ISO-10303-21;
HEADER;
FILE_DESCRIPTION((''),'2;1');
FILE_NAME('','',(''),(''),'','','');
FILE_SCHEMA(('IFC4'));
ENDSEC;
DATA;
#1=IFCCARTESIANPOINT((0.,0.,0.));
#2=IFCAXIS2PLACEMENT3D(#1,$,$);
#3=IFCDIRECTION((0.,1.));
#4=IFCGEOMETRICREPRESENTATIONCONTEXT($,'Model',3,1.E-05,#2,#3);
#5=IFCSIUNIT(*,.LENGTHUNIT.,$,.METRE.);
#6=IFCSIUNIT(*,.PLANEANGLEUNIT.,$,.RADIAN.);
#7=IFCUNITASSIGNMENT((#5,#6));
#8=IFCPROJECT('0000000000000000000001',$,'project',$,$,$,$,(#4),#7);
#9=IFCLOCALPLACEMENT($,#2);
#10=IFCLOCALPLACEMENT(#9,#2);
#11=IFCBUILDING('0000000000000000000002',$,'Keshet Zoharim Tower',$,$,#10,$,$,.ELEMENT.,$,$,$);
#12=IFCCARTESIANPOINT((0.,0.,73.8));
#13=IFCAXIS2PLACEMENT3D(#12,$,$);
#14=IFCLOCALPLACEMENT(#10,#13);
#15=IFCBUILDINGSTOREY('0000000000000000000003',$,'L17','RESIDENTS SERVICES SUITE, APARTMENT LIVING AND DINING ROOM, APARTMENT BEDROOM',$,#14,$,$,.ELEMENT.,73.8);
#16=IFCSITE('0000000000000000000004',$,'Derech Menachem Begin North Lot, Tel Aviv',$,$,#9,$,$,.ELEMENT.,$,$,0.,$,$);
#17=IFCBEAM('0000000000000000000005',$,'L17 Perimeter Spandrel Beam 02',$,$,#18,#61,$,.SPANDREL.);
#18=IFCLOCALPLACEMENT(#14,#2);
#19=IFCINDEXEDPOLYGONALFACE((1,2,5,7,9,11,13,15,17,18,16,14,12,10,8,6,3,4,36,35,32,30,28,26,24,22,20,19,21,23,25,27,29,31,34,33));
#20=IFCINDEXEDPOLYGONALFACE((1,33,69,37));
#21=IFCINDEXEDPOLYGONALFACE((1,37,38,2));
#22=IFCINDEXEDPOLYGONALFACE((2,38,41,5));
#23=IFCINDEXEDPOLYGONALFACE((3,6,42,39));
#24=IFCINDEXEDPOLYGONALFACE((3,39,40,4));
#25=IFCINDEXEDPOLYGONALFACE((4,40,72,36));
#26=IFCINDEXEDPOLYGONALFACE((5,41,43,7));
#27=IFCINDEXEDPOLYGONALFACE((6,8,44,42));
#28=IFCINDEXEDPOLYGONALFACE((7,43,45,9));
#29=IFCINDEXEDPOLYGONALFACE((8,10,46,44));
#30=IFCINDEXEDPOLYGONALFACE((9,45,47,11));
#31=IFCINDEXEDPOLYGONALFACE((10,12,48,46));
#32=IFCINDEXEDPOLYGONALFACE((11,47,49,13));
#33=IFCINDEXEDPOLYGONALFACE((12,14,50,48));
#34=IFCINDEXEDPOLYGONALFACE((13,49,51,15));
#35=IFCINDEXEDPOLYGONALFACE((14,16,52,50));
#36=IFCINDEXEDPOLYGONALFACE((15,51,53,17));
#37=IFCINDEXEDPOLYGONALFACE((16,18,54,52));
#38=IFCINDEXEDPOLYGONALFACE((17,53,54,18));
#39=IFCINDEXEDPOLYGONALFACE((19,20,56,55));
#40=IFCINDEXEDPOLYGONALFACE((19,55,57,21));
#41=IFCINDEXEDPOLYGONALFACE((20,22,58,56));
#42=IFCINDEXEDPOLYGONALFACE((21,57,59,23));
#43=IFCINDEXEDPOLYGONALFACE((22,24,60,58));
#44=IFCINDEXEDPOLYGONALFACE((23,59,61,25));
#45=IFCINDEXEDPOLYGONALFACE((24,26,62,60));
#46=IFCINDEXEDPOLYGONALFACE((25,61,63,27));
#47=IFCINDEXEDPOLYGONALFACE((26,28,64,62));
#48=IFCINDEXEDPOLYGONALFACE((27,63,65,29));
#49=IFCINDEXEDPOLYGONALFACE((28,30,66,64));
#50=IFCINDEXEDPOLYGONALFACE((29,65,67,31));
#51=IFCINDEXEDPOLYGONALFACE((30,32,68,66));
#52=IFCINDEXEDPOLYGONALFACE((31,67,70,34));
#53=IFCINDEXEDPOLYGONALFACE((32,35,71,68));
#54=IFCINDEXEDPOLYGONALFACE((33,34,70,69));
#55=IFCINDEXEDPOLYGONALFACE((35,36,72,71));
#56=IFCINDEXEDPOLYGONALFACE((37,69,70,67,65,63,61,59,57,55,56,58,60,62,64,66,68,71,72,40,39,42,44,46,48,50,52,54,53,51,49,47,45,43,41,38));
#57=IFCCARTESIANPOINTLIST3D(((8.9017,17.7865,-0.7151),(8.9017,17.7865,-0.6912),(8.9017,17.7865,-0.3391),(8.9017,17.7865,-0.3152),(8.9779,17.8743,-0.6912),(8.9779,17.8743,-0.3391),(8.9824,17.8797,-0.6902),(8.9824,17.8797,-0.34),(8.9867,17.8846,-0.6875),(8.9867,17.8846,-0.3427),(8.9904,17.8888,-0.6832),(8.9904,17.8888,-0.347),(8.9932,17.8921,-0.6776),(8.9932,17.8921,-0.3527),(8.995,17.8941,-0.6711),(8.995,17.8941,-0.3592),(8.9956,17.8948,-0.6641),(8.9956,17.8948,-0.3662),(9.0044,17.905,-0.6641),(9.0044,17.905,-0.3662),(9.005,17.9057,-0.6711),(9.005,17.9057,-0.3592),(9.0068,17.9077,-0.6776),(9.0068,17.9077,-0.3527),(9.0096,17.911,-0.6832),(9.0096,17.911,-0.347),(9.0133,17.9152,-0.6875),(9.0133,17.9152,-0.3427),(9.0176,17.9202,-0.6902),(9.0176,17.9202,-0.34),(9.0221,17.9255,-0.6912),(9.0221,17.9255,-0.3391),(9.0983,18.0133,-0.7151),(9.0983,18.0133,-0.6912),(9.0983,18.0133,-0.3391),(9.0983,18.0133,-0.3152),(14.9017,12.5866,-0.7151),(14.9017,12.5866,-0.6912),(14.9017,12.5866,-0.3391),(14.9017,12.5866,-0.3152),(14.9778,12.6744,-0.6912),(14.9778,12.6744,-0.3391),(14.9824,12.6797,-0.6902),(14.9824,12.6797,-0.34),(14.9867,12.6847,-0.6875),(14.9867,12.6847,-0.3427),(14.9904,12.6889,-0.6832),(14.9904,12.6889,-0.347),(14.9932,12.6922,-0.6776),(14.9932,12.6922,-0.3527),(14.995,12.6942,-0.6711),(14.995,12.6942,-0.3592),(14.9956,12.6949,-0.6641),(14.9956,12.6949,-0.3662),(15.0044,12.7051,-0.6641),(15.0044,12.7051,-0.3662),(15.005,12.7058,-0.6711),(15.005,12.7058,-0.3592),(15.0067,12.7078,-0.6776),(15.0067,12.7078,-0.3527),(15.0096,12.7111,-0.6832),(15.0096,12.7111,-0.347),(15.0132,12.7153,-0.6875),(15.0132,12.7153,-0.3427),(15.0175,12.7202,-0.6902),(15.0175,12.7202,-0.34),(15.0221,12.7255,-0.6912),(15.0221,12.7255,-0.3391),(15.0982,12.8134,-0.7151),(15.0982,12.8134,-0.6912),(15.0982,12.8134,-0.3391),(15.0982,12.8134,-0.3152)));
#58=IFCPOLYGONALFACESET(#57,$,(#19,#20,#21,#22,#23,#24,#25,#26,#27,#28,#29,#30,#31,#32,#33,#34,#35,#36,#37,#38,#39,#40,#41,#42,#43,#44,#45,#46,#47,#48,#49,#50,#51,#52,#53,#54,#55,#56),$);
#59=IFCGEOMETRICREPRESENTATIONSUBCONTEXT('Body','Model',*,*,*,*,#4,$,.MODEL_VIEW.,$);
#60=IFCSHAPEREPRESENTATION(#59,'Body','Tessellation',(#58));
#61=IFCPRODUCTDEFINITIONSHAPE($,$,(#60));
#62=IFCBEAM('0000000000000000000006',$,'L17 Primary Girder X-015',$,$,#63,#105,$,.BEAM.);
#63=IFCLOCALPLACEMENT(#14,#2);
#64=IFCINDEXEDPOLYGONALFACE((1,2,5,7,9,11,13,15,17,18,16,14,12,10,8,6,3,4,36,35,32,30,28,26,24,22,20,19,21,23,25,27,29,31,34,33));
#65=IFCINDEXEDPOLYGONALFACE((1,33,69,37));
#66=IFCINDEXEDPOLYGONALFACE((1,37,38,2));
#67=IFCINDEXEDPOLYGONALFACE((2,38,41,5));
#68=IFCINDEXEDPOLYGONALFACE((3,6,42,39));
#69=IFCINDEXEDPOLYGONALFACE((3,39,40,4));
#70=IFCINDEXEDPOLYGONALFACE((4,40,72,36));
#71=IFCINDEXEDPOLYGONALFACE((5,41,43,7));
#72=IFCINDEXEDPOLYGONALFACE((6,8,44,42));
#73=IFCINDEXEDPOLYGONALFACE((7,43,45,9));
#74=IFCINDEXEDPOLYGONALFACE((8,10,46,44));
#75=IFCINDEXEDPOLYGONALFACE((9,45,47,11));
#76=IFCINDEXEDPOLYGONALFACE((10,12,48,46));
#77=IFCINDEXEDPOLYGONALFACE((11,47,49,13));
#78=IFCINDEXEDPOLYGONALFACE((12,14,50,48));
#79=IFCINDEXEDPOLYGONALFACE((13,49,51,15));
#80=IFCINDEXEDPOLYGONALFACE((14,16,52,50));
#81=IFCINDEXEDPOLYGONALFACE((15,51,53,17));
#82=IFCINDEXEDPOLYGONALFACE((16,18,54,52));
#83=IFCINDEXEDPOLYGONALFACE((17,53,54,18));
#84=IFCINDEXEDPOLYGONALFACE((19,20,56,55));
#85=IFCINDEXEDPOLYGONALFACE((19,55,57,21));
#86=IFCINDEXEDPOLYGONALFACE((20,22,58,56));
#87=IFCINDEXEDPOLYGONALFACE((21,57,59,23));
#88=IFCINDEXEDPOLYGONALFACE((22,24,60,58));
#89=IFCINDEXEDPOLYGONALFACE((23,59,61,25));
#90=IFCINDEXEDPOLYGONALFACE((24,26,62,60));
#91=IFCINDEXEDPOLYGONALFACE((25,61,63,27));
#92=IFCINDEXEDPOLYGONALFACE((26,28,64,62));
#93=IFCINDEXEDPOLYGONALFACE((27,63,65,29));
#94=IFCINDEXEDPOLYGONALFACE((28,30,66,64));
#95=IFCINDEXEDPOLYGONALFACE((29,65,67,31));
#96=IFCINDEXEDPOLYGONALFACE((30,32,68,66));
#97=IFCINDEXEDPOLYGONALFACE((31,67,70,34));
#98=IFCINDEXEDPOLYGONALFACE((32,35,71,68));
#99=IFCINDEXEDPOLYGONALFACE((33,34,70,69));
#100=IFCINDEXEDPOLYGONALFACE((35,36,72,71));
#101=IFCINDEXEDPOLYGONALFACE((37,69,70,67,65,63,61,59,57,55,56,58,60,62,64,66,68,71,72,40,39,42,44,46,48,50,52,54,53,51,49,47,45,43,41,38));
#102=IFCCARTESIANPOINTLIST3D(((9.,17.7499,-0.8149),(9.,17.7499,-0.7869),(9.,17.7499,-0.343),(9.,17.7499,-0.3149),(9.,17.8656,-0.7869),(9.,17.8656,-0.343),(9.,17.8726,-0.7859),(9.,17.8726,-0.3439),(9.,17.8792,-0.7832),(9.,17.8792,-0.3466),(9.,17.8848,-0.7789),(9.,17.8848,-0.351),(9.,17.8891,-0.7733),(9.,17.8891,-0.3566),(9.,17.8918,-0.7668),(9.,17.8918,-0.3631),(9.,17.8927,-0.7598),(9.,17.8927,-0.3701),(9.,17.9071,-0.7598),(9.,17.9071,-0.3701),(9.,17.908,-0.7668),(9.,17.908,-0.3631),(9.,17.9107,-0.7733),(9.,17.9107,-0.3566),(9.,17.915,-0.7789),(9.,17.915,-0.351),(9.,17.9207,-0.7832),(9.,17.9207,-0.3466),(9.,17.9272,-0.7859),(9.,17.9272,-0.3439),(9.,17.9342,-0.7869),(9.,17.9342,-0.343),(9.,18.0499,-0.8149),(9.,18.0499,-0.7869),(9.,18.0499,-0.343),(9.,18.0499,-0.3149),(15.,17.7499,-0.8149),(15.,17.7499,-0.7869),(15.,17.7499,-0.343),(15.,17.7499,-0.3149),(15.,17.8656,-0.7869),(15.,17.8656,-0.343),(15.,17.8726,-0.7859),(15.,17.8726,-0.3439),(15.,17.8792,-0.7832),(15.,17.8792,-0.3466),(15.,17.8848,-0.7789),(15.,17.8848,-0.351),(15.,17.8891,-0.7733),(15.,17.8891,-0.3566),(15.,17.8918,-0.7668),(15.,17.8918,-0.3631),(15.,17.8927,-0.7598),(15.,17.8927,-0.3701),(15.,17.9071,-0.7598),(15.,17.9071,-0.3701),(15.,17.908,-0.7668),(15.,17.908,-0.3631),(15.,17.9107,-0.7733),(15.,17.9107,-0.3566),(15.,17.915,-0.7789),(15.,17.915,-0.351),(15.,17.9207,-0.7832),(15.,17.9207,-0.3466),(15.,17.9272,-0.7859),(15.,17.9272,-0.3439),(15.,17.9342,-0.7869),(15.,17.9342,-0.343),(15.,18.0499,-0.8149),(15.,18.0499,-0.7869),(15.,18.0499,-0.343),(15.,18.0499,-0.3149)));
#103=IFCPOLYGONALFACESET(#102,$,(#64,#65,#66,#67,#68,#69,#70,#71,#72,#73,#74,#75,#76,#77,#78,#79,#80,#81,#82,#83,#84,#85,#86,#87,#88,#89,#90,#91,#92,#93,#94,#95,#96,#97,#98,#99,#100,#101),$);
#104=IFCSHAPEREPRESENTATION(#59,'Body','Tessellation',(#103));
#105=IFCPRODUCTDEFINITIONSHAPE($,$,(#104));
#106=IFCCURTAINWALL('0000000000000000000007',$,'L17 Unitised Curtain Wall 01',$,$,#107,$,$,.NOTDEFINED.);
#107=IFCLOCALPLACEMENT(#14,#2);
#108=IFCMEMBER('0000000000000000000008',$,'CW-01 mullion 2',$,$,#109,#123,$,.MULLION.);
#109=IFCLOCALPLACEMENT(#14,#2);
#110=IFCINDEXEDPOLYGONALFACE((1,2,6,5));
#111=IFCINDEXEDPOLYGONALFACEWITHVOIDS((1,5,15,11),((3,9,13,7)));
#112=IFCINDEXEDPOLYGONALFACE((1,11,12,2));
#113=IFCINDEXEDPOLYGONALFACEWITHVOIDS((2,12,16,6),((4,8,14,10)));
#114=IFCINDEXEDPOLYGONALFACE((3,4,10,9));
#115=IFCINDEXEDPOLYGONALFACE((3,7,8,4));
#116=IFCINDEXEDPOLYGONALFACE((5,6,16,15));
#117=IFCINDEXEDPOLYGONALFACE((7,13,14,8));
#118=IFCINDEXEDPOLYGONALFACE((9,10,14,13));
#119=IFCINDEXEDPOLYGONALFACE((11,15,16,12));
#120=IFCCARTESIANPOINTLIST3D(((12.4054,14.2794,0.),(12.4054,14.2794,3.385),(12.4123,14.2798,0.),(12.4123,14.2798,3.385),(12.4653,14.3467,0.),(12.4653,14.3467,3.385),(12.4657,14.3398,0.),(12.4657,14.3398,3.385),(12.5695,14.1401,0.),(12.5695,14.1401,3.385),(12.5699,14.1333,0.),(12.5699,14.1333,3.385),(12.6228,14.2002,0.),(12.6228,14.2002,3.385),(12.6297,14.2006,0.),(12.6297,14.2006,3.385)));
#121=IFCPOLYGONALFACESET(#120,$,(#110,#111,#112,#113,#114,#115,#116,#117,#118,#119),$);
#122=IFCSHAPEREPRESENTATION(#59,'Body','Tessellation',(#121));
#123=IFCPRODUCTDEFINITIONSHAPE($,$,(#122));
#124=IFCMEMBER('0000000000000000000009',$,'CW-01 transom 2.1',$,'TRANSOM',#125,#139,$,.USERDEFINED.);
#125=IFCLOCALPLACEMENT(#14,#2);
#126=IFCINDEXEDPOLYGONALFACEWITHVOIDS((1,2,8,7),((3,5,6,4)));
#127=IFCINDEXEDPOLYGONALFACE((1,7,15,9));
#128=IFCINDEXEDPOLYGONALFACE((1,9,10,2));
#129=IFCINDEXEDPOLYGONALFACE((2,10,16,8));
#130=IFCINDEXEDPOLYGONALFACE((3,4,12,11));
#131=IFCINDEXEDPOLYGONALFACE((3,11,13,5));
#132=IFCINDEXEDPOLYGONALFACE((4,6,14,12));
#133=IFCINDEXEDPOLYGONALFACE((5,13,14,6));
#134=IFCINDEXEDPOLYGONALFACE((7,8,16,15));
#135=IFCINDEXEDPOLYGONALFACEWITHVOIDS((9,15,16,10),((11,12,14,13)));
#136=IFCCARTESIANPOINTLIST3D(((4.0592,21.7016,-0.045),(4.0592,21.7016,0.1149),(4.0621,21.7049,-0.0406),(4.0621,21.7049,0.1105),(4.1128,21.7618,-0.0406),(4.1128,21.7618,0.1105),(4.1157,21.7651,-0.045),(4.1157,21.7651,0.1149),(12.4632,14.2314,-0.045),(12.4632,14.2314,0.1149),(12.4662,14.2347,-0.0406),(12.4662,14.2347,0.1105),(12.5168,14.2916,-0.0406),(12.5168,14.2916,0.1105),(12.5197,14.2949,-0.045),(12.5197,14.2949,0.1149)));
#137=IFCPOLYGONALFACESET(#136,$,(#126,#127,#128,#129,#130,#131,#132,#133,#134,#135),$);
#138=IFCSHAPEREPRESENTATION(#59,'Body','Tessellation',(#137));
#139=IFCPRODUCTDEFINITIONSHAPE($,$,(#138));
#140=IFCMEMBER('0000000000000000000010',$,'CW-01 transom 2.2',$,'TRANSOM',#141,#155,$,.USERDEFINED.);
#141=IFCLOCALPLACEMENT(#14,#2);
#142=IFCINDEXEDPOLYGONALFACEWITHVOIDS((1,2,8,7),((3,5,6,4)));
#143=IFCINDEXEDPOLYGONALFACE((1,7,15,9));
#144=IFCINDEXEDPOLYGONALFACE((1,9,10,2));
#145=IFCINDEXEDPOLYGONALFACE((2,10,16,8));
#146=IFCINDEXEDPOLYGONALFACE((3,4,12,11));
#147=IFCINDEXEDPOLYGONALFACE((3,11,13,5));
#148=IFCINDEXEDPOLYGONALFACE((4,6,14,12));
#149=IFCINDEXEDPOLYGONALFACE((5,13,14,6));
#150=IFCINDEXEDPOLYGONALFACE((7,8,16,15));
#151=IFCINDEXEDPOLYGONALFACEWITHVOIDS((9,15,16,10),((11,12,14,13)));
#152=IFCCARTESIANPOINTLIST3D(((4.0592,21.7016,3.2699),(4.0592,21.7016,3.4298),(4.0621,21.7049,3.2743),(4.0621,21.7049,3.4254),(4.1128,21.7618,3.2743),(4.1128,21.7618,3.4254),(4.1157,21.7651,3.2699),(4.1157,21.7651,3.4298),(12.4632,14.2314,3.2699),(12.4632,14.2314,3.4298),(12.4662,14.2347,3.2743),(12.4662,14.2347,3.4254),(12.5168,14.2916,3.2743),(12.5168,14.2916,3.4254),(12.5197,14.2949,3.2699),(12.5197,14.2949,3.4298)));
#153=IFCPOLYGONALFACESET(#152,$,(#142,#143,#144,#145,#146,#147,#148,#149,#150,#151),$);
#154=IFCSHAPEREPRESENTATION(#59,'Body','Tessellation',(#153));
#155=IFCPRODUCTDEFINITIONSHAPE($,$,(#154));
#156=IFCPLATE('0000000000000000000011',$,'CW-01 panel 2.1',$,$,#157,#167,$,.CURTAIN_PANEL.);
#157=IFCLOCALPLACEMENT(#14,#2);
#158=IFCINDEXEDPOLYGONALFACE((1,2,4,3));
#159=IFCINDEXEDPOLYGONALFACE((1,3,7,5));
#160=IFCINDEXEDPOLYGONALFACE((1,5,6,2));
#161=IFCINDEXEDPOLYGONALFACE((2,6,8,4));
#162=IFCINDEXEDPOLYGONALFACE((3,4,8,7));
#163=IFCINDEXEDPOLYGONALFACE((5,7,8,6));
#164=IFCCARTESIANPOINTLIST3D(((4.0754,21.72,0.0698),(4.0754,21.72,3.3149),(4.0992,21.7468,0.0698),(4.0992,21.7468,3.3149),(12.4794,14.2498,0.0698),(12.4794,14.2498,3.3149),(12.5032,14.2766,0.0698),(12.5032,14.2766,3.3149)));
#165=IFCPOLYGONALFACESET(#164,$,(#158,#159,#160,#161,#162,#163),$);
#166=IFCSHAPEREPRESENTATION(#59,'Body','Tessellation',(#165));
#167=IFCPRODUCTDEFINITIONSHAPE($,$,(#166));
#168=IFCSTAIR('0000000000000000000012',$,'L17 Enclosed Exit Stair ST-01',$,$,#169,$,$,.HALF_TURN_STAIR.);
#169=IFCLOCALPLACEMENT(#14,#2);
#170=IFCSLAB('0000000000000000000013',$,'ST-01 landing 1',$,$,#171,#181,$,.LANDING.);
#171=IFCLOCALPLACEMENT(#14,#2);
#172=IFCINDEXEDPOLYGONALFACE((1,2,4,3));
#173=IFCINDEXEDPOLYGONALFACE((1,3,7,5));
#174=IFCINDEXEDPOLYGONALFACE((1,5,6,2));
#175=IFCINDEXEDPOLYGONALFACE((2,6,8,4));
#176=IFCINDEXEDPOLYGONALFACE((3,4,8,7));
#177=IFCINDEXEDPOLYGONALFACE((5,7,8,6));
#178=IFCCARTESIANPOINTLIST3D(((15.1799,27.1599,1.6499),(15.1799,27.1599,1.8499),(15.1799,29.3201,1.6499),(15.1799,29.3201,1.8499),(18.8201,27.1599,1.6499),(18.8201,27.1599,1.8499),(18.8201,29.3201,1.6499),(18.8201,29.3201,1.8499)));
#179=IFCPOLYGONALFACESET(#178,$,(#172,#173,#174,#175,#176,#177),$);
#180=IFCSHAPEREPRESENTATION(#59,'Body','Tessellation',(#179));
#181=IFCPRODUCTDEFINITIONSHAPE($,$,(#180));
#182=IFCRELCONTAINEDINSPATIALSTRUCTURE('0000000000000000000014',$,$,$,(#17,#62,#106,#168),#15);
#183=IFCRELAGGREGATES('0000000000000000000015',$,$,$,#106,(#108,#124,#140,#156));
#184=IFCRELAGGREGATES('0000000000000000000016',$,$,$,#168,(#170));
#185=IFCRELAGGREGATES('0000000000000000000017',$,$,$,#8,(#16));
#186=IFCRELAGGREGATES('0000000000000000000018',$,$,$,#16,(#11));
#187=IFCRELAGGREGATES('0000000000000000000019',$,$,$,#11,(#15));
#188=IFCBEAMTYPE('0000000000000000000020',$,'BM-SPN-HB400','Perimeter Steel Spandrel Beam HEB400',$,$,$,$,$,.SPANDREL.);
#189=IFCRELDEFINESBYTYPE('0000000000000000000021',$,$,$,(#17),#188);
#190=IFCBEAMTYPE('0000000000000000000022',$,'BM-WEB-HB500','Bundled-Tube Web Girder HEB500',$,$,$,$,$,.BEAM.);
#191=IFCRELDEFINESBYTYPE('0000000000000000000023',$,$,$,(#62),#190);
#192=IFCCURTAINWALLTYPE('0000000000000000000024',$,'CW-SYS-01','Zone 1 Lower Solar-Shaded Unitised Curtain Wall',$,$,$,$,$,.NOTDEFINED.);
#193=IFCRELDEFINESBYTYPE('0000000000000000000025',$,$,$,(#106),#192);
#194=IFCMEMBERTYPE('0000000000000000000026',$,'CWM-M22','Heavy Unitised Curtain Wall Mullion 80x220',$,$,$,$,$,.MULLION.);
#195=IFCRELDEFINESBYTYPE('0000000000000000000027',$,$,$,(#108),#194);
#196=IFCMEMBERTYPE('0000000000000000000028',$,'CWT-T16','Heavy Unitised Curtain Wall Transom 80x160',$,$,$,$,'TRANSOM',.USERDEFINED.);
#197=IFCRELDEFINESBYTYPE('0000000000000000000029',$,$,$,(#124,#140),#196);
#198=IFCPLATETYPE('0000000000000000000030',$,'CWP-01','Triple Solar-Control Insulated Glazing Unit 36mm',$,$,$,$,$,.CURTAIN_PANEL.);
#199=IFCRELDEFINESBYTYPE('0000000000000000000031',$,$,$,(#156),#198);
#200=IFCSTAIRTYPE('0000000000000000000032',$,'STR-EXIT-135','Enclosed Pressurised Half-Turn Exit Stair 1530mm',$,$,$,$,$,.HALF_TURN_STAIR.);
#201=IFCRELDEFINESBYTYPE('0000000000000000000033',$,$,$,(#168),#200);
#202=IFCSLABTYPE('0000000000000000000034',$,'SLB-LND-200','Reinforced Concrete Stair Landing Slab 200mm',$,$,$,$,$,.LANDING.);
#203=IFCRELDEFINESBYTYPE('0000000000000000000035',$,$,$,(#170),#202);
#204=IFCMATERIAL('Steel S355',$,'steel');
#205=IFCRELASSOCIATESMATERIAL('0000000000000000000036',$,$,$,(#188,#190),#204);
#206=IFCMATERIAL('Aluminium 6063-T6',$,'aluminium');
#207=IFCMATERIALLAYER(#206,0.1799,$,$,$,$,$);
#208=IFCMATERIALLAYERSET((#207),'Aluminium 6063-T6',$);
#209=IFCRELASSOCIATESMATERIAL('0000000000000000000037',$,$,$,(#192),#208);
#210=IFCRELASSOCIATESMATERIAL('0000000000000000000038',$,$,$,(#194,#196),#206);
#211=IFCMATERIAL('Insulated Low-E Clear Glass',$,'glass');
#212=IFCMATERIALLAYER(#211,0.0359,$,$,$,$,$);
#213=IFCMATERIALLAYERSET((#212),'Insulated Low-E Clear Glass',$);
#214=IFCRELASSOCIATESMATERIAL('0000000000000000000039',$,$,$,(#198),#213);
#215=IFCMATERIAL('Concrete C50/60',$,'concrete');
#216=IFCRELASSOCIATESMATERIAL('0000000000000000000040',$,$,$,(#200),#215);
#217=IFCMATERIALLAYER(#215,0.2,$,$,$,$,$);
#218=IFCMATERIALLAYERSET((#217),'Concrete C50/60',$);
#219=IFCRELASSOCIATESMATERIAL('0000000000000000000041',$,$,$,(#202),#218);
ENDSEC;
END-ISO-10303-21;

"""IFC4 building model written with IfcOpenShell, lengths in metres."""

from ifc_helpers import new_model, si_unit, direction, frame, origin, origin_2d, place, context, subcontext, project, spatial, polyline, rectangle, hollow_rectangle, i_section, outline, extrude, material, layer, layer_set, material_profile, profile_set, type_object, element, aggregate, save


model = new_model("IFC4")

# Units and contexts
model_context = context("Model", 3, precision=1e-05, world=origin(), true_north=direction((0.0, 1.0)))
body_context = subcontext(model_context, "Body", "Model", "MODEL_VIEW")
ifc_project = project(units=[si_unit("LENGTHUNIT", "METRE"), si_unit("PLANEANGLEUNIT", "RADIAN")], contexts=[model_context])

# Site, building, storey
site_placement = place(None, origin())
site = spatial("IfcSite", under=ifc_project, at=site_placement, Name="Derech Menachem Begin North Lot, Tel Aviv", CompositionType="ELEMENT", RefElevation=0.0)
building_placement = place(site_placement, origin())
building = spatial("IfcBuilding", under=site, at=building_placement, Name="Keshet Zoharim Tower", CompositionType="ELEMENT")
storey_placement = place(building_placement, frame((0.0, 0.0, 73.8)))
storey = spatial("IfcBuildingStorey", under=building, at=storey_placement, Name="L17", Description="RESIDENTS SERVICES SUITE, APARTMENT LIVING AND DINING ROOM, APARTMENT BEDROOM", CompositionType="ELEMENT", Elevation=73.8)

# Shared definitions
ifc_material_1 = material(Name="Steel S355", Category="steel")

# Beams
ifc_material_profile_1 = material_profile(ifc_material_1, i_section(OverallWidth=0.3, OverallDepth=0.3999, WebThickness=0.0134, FlangeThickness=0.0239, FilletRadius=0.0271, at=origin_2d()), Name="HEB400")
ifc_profile_set_1 = profile_set([ifc_material_profile_1], Name="Steel S355")
beam_type_1 = type_object("IfcBeamType", Name="BM-SPN-HB400", Description="Perimeter Steel Spandrel Beam HEB400", PredefinedType="SPANDREL", material=ifc_profile_set_1)
beam_1_placement = place(storey_placement, frame((9.0, 17.8999, -0.5151), z_axis=(0.755692, -0.654927, 0.0), x_axis=(0.654927, 0.755692, 0.0)))
element("IfcBeam", 1, at=beam_1_placement, inside=storey, type_object=beam_type_1, Name="L17 Perimeter Spandrel Beam 02", PredefinedType="SPANDREL", context=body_context, shape_type="SweptSolid", body=[
    extrude(i_section(OverallWidth=0.3, OverallDepth=0.3999, WebThickness=0.0134, FlangeThickness=0.0239, FilletRadius=0.0271, at=origin_2d()), origin(), (0.0, 0.0, 1.0), 7.9397),
])
ifc_material_profile_2 = material_profile(ifc_material_1, i_section(OverallWidth=0.3, OverallDepth=0.5, WebThickness=0.0144, FlangeThickness=0.0281, FilletRadius=0.0271, at=origin_2d()), Name="HEB500")
ifc_profile_set_2 = profile_set([ifc_material_profile_2], Name="Steel S355")
beam_type_2 = type_object("IfcBeamType", Name="BM-WEB-HB500", Description="Bundled-Tube Web Girder HEB500", PredefinedType="BEAM", material=ifc_profile_set_2)
beam_2_placement = place(storey_placement, frame((9.0, 17.8999, -0.5649), z_axis=(1.0, 0.0, 0.0), x_axis=(0.0, 1.0, 0.0)))
element("IfcBeam", 2, at=beam_2_placement, inside=storey, type_object=beam_type_2, Name="L17 Primary Girder X-015", PredefinedType="BEAM", context=body_context, shape_type="SweptSolid", body=[
    extrude(i_section(OverallWidth=0.3, OverallDepth=0.5, WebThickness=0.0144, FlangeThickness=0.0281, FilletRadius=0.0271, at=origin_2d()), origin(), (0.0, 0.0, 1.0), 6.0),
])

# Curtain wall, members, plate
ifc_material_2 = material(Name="Aluminium 6063-T6", Category="aluminium")
ifc_layer_1 = layer(ifc_material_2, 0.1799)
ifc_layer_set_1 = layer_set([ifc_layer_1], Name="Aluminium 6063-T6")
curtain_wall_type = type_object("IfcCurtainWallType", Name="CW-SYS-01", Description="Zone 1 Lower Solar-Shaded Unitised Curtain Wall", PredefinedType="NOTDEFINED", material=ifc_layer_set_1)
curtain_wall_placement = place(storey_placement, origin())
curtain_wall = element("IfcCurtainWall", 3, at=curtain_wall_placement, inside=storey, type_object=curtain_wall_type, Name="L17 Unitised Curtain Wall 01", PredefinedType="NOTDEFINED")
ifc_material_profile_3 = material_profile(ifc_material_2, hollow_rectangle(XDim=0.0901, YDim=0.22, WallThickness=0.0049, at=origin_2d()), Name="MUL-90x220")
ifc_profile_set_3 = profile_set([ifc_material_profile_3], Name="Aluminium 6063-T6")
member_type_1 = type_object("IfcMemberType", Name="CWM-M22", Description="Heavy Unitised Curtain Wall Mullion 80x220", PredefinedType="MULLION", material=ifc_profile_set_3)
member_1_placement = place(storey_placement, frame((12.5176, 14.24, 0.0), z_axis=(0.0, 0.0, 1.0), x_axis=(-0.664364, -0.747409, 0.0)))
member_1 = element("IfcMember", 4, at=member_1_placement, type_object=member_type_1, Name="CW-01 mullion 2", PredefinedType="MULLION", context=body_context, shape_type="SweptSolid", body=[
    extrude(hollow_rectangle(XDim=0.0901, YDim=0.22, WallThickness=0.0049, at=origin_2d()), origin(), (0.0, 0.0, 1.0), 3.385),
])
ifc_material_profile_4 = material_profile(ifc_material_2, hollow_rectangle(XDim=0.085, YDim=0.1599, WallThickness=0.0044, at=origin_2d()), Name="TRN-85x160")
ifc_profile_set_4 = profile_set([ifc_material_profile_4], Name="Aluminium 6063-T6")
member_type_2 = type_object("IfcMemberType", Name="CWT-T16", Description="Heavy Unitised Curtain Wall Transom 80x160", ElementType="TRANSOM", PredefinedType="USERDEFINED", material=ifc_profile_set_4)
member_2_placement = place(storey_placement, frame((12.4915, 14.2632, 0.0349), z_axis=(-0.747412, 0.664361, 0.0), x_axis=(-0.664361, -0.747412, 0.0)))
member_2 = element("IfcMember", 5, at=member_2_placement, type_object=member_type_2, Name="CW-01 transom 2.1", ObjectType="TRANSOM", PredefinedType="USERDEFINED", context=body_context, shape_type="SweptSolid", body=[
    extrude(hollow_rectangle(XDim=0.085, YDim=0.1599, WallThickness=0.0044, at=origin_2d()), origin(), (0.0, 0.0, 1.0), 11.2441),
])
member_3_placement = place(storey_placement, frame((12.4915, 14.2632, 3.3499), z_axis=(-0.747412, 0.664361, 0.0), x_axis=(-0.664361, -0.747412, 0.0)))
member_3 = element("IfcMember", 6, at=member_3_placement, type_object=member_type_2, Name="CW-01 transom 2.2", ObjectType="TRANSOM", PredefinedType="USERDEFINED", context=body_context, shape_type="SweptSolid", body=[
    extrude(hollow_rectangle(XDim=0.085, YDim=0.1599, WallThickness=0.0044, at=origin_2d()), origin(), (0.0, 0.0, 1.0), 11.2441),
])
ifc_material_3 = material(Name="Insulated Low-E Clear Glass", Category="glass")
ifc_layer_2 = layer(ifc_material_3, 0.0359)
ifc_layer_set_2 = layer_set([ifc_layer_2], Name="Insulated Low-E Clear Glass")
plate_type = type_object("IfcPlateType", Name="CWP-01", Description="Triple Solar-Control Insulated Glazing Unit 36mm", PredefinedType="CURTAIN_PANEL", material=ifc_layer_set_2)
plate_placement = place(storey_placement, frame((8.2893, 17.9983, 0.0698), z_axis=(0.0, 0.0, 1.0), x_axis=(-0.747409, 0.664364, 0.0)))
plate = element("IfcPlate", 7, at=plate_placement, type_object=plate_type, Name="CW-01 panel 2.1", PredefinedType="CURTAIN_PANEL", context=body_context, shape_type="SweptSolid", body=[
    extrude(rectangle(XDim=11.2441, YDim=0.0359, at=origin_2d()), origin(), (0.0, 0.0, 1.0), 3.2451),
])
aggregate(curtain_wall, [member_1, member_2, member_3, plate])

# Stair, slab
ifc_material_4 = material(Name="Concrete C50/60", Category="concrete")
stair_type = type_object("IfcStairType", Name="STR-EXIT-135", Description="Enclosed Pressurised Half-Turn Exit Stair 1530mm", PredefinedType="HALF_TURN_STAIR", material=ifc_material_4)
stair_1_placement = place(storey_placement, origin())
stair_1 = element("IfcStair", 8, at=stair_1_placement, inside=storey, type_object=stair_type, Name="L17 Enclosed Exit Stair ST-01", PredefinedType="HALF_TURN_STAIR")
ifc_layer_3 = layer(ifc_material_4, 0.2)
ifc_layer_set_3 = layer_set([ifc_layer_3], Name="Concrete C50/60")
slab_type_1 = type_object("IfcSlabType", Name="SLB-LND-200", Description="Reinforced Concrete Stair Landing Slab 200mm", PredefinedType="LANDING", material=ifc_layer_set_3)
slab_1_placement = place(storey_placement, frame((0.0, 0.0, 1.6499)))
slab_1 = element("IfcSlab", 9, at=slab_1_placement, type_object=slab_type_1, Name="ST-01 landing 1", PredefinedType="LANDING", context=body_context, shape_type="SweptSolid", body=[
    extrude(outline(polyline([(15.1799, 27.1599), (18.8201, 27.1599), (18.8201, 29.3201), (15.1799, 29.3201), (15.1799, 27.1599)])), origin(), (0.0, 0.0, 1.0), 0.2),
])
aggregate(stair_1, [slab_1])

save(model, "model.ifc")
